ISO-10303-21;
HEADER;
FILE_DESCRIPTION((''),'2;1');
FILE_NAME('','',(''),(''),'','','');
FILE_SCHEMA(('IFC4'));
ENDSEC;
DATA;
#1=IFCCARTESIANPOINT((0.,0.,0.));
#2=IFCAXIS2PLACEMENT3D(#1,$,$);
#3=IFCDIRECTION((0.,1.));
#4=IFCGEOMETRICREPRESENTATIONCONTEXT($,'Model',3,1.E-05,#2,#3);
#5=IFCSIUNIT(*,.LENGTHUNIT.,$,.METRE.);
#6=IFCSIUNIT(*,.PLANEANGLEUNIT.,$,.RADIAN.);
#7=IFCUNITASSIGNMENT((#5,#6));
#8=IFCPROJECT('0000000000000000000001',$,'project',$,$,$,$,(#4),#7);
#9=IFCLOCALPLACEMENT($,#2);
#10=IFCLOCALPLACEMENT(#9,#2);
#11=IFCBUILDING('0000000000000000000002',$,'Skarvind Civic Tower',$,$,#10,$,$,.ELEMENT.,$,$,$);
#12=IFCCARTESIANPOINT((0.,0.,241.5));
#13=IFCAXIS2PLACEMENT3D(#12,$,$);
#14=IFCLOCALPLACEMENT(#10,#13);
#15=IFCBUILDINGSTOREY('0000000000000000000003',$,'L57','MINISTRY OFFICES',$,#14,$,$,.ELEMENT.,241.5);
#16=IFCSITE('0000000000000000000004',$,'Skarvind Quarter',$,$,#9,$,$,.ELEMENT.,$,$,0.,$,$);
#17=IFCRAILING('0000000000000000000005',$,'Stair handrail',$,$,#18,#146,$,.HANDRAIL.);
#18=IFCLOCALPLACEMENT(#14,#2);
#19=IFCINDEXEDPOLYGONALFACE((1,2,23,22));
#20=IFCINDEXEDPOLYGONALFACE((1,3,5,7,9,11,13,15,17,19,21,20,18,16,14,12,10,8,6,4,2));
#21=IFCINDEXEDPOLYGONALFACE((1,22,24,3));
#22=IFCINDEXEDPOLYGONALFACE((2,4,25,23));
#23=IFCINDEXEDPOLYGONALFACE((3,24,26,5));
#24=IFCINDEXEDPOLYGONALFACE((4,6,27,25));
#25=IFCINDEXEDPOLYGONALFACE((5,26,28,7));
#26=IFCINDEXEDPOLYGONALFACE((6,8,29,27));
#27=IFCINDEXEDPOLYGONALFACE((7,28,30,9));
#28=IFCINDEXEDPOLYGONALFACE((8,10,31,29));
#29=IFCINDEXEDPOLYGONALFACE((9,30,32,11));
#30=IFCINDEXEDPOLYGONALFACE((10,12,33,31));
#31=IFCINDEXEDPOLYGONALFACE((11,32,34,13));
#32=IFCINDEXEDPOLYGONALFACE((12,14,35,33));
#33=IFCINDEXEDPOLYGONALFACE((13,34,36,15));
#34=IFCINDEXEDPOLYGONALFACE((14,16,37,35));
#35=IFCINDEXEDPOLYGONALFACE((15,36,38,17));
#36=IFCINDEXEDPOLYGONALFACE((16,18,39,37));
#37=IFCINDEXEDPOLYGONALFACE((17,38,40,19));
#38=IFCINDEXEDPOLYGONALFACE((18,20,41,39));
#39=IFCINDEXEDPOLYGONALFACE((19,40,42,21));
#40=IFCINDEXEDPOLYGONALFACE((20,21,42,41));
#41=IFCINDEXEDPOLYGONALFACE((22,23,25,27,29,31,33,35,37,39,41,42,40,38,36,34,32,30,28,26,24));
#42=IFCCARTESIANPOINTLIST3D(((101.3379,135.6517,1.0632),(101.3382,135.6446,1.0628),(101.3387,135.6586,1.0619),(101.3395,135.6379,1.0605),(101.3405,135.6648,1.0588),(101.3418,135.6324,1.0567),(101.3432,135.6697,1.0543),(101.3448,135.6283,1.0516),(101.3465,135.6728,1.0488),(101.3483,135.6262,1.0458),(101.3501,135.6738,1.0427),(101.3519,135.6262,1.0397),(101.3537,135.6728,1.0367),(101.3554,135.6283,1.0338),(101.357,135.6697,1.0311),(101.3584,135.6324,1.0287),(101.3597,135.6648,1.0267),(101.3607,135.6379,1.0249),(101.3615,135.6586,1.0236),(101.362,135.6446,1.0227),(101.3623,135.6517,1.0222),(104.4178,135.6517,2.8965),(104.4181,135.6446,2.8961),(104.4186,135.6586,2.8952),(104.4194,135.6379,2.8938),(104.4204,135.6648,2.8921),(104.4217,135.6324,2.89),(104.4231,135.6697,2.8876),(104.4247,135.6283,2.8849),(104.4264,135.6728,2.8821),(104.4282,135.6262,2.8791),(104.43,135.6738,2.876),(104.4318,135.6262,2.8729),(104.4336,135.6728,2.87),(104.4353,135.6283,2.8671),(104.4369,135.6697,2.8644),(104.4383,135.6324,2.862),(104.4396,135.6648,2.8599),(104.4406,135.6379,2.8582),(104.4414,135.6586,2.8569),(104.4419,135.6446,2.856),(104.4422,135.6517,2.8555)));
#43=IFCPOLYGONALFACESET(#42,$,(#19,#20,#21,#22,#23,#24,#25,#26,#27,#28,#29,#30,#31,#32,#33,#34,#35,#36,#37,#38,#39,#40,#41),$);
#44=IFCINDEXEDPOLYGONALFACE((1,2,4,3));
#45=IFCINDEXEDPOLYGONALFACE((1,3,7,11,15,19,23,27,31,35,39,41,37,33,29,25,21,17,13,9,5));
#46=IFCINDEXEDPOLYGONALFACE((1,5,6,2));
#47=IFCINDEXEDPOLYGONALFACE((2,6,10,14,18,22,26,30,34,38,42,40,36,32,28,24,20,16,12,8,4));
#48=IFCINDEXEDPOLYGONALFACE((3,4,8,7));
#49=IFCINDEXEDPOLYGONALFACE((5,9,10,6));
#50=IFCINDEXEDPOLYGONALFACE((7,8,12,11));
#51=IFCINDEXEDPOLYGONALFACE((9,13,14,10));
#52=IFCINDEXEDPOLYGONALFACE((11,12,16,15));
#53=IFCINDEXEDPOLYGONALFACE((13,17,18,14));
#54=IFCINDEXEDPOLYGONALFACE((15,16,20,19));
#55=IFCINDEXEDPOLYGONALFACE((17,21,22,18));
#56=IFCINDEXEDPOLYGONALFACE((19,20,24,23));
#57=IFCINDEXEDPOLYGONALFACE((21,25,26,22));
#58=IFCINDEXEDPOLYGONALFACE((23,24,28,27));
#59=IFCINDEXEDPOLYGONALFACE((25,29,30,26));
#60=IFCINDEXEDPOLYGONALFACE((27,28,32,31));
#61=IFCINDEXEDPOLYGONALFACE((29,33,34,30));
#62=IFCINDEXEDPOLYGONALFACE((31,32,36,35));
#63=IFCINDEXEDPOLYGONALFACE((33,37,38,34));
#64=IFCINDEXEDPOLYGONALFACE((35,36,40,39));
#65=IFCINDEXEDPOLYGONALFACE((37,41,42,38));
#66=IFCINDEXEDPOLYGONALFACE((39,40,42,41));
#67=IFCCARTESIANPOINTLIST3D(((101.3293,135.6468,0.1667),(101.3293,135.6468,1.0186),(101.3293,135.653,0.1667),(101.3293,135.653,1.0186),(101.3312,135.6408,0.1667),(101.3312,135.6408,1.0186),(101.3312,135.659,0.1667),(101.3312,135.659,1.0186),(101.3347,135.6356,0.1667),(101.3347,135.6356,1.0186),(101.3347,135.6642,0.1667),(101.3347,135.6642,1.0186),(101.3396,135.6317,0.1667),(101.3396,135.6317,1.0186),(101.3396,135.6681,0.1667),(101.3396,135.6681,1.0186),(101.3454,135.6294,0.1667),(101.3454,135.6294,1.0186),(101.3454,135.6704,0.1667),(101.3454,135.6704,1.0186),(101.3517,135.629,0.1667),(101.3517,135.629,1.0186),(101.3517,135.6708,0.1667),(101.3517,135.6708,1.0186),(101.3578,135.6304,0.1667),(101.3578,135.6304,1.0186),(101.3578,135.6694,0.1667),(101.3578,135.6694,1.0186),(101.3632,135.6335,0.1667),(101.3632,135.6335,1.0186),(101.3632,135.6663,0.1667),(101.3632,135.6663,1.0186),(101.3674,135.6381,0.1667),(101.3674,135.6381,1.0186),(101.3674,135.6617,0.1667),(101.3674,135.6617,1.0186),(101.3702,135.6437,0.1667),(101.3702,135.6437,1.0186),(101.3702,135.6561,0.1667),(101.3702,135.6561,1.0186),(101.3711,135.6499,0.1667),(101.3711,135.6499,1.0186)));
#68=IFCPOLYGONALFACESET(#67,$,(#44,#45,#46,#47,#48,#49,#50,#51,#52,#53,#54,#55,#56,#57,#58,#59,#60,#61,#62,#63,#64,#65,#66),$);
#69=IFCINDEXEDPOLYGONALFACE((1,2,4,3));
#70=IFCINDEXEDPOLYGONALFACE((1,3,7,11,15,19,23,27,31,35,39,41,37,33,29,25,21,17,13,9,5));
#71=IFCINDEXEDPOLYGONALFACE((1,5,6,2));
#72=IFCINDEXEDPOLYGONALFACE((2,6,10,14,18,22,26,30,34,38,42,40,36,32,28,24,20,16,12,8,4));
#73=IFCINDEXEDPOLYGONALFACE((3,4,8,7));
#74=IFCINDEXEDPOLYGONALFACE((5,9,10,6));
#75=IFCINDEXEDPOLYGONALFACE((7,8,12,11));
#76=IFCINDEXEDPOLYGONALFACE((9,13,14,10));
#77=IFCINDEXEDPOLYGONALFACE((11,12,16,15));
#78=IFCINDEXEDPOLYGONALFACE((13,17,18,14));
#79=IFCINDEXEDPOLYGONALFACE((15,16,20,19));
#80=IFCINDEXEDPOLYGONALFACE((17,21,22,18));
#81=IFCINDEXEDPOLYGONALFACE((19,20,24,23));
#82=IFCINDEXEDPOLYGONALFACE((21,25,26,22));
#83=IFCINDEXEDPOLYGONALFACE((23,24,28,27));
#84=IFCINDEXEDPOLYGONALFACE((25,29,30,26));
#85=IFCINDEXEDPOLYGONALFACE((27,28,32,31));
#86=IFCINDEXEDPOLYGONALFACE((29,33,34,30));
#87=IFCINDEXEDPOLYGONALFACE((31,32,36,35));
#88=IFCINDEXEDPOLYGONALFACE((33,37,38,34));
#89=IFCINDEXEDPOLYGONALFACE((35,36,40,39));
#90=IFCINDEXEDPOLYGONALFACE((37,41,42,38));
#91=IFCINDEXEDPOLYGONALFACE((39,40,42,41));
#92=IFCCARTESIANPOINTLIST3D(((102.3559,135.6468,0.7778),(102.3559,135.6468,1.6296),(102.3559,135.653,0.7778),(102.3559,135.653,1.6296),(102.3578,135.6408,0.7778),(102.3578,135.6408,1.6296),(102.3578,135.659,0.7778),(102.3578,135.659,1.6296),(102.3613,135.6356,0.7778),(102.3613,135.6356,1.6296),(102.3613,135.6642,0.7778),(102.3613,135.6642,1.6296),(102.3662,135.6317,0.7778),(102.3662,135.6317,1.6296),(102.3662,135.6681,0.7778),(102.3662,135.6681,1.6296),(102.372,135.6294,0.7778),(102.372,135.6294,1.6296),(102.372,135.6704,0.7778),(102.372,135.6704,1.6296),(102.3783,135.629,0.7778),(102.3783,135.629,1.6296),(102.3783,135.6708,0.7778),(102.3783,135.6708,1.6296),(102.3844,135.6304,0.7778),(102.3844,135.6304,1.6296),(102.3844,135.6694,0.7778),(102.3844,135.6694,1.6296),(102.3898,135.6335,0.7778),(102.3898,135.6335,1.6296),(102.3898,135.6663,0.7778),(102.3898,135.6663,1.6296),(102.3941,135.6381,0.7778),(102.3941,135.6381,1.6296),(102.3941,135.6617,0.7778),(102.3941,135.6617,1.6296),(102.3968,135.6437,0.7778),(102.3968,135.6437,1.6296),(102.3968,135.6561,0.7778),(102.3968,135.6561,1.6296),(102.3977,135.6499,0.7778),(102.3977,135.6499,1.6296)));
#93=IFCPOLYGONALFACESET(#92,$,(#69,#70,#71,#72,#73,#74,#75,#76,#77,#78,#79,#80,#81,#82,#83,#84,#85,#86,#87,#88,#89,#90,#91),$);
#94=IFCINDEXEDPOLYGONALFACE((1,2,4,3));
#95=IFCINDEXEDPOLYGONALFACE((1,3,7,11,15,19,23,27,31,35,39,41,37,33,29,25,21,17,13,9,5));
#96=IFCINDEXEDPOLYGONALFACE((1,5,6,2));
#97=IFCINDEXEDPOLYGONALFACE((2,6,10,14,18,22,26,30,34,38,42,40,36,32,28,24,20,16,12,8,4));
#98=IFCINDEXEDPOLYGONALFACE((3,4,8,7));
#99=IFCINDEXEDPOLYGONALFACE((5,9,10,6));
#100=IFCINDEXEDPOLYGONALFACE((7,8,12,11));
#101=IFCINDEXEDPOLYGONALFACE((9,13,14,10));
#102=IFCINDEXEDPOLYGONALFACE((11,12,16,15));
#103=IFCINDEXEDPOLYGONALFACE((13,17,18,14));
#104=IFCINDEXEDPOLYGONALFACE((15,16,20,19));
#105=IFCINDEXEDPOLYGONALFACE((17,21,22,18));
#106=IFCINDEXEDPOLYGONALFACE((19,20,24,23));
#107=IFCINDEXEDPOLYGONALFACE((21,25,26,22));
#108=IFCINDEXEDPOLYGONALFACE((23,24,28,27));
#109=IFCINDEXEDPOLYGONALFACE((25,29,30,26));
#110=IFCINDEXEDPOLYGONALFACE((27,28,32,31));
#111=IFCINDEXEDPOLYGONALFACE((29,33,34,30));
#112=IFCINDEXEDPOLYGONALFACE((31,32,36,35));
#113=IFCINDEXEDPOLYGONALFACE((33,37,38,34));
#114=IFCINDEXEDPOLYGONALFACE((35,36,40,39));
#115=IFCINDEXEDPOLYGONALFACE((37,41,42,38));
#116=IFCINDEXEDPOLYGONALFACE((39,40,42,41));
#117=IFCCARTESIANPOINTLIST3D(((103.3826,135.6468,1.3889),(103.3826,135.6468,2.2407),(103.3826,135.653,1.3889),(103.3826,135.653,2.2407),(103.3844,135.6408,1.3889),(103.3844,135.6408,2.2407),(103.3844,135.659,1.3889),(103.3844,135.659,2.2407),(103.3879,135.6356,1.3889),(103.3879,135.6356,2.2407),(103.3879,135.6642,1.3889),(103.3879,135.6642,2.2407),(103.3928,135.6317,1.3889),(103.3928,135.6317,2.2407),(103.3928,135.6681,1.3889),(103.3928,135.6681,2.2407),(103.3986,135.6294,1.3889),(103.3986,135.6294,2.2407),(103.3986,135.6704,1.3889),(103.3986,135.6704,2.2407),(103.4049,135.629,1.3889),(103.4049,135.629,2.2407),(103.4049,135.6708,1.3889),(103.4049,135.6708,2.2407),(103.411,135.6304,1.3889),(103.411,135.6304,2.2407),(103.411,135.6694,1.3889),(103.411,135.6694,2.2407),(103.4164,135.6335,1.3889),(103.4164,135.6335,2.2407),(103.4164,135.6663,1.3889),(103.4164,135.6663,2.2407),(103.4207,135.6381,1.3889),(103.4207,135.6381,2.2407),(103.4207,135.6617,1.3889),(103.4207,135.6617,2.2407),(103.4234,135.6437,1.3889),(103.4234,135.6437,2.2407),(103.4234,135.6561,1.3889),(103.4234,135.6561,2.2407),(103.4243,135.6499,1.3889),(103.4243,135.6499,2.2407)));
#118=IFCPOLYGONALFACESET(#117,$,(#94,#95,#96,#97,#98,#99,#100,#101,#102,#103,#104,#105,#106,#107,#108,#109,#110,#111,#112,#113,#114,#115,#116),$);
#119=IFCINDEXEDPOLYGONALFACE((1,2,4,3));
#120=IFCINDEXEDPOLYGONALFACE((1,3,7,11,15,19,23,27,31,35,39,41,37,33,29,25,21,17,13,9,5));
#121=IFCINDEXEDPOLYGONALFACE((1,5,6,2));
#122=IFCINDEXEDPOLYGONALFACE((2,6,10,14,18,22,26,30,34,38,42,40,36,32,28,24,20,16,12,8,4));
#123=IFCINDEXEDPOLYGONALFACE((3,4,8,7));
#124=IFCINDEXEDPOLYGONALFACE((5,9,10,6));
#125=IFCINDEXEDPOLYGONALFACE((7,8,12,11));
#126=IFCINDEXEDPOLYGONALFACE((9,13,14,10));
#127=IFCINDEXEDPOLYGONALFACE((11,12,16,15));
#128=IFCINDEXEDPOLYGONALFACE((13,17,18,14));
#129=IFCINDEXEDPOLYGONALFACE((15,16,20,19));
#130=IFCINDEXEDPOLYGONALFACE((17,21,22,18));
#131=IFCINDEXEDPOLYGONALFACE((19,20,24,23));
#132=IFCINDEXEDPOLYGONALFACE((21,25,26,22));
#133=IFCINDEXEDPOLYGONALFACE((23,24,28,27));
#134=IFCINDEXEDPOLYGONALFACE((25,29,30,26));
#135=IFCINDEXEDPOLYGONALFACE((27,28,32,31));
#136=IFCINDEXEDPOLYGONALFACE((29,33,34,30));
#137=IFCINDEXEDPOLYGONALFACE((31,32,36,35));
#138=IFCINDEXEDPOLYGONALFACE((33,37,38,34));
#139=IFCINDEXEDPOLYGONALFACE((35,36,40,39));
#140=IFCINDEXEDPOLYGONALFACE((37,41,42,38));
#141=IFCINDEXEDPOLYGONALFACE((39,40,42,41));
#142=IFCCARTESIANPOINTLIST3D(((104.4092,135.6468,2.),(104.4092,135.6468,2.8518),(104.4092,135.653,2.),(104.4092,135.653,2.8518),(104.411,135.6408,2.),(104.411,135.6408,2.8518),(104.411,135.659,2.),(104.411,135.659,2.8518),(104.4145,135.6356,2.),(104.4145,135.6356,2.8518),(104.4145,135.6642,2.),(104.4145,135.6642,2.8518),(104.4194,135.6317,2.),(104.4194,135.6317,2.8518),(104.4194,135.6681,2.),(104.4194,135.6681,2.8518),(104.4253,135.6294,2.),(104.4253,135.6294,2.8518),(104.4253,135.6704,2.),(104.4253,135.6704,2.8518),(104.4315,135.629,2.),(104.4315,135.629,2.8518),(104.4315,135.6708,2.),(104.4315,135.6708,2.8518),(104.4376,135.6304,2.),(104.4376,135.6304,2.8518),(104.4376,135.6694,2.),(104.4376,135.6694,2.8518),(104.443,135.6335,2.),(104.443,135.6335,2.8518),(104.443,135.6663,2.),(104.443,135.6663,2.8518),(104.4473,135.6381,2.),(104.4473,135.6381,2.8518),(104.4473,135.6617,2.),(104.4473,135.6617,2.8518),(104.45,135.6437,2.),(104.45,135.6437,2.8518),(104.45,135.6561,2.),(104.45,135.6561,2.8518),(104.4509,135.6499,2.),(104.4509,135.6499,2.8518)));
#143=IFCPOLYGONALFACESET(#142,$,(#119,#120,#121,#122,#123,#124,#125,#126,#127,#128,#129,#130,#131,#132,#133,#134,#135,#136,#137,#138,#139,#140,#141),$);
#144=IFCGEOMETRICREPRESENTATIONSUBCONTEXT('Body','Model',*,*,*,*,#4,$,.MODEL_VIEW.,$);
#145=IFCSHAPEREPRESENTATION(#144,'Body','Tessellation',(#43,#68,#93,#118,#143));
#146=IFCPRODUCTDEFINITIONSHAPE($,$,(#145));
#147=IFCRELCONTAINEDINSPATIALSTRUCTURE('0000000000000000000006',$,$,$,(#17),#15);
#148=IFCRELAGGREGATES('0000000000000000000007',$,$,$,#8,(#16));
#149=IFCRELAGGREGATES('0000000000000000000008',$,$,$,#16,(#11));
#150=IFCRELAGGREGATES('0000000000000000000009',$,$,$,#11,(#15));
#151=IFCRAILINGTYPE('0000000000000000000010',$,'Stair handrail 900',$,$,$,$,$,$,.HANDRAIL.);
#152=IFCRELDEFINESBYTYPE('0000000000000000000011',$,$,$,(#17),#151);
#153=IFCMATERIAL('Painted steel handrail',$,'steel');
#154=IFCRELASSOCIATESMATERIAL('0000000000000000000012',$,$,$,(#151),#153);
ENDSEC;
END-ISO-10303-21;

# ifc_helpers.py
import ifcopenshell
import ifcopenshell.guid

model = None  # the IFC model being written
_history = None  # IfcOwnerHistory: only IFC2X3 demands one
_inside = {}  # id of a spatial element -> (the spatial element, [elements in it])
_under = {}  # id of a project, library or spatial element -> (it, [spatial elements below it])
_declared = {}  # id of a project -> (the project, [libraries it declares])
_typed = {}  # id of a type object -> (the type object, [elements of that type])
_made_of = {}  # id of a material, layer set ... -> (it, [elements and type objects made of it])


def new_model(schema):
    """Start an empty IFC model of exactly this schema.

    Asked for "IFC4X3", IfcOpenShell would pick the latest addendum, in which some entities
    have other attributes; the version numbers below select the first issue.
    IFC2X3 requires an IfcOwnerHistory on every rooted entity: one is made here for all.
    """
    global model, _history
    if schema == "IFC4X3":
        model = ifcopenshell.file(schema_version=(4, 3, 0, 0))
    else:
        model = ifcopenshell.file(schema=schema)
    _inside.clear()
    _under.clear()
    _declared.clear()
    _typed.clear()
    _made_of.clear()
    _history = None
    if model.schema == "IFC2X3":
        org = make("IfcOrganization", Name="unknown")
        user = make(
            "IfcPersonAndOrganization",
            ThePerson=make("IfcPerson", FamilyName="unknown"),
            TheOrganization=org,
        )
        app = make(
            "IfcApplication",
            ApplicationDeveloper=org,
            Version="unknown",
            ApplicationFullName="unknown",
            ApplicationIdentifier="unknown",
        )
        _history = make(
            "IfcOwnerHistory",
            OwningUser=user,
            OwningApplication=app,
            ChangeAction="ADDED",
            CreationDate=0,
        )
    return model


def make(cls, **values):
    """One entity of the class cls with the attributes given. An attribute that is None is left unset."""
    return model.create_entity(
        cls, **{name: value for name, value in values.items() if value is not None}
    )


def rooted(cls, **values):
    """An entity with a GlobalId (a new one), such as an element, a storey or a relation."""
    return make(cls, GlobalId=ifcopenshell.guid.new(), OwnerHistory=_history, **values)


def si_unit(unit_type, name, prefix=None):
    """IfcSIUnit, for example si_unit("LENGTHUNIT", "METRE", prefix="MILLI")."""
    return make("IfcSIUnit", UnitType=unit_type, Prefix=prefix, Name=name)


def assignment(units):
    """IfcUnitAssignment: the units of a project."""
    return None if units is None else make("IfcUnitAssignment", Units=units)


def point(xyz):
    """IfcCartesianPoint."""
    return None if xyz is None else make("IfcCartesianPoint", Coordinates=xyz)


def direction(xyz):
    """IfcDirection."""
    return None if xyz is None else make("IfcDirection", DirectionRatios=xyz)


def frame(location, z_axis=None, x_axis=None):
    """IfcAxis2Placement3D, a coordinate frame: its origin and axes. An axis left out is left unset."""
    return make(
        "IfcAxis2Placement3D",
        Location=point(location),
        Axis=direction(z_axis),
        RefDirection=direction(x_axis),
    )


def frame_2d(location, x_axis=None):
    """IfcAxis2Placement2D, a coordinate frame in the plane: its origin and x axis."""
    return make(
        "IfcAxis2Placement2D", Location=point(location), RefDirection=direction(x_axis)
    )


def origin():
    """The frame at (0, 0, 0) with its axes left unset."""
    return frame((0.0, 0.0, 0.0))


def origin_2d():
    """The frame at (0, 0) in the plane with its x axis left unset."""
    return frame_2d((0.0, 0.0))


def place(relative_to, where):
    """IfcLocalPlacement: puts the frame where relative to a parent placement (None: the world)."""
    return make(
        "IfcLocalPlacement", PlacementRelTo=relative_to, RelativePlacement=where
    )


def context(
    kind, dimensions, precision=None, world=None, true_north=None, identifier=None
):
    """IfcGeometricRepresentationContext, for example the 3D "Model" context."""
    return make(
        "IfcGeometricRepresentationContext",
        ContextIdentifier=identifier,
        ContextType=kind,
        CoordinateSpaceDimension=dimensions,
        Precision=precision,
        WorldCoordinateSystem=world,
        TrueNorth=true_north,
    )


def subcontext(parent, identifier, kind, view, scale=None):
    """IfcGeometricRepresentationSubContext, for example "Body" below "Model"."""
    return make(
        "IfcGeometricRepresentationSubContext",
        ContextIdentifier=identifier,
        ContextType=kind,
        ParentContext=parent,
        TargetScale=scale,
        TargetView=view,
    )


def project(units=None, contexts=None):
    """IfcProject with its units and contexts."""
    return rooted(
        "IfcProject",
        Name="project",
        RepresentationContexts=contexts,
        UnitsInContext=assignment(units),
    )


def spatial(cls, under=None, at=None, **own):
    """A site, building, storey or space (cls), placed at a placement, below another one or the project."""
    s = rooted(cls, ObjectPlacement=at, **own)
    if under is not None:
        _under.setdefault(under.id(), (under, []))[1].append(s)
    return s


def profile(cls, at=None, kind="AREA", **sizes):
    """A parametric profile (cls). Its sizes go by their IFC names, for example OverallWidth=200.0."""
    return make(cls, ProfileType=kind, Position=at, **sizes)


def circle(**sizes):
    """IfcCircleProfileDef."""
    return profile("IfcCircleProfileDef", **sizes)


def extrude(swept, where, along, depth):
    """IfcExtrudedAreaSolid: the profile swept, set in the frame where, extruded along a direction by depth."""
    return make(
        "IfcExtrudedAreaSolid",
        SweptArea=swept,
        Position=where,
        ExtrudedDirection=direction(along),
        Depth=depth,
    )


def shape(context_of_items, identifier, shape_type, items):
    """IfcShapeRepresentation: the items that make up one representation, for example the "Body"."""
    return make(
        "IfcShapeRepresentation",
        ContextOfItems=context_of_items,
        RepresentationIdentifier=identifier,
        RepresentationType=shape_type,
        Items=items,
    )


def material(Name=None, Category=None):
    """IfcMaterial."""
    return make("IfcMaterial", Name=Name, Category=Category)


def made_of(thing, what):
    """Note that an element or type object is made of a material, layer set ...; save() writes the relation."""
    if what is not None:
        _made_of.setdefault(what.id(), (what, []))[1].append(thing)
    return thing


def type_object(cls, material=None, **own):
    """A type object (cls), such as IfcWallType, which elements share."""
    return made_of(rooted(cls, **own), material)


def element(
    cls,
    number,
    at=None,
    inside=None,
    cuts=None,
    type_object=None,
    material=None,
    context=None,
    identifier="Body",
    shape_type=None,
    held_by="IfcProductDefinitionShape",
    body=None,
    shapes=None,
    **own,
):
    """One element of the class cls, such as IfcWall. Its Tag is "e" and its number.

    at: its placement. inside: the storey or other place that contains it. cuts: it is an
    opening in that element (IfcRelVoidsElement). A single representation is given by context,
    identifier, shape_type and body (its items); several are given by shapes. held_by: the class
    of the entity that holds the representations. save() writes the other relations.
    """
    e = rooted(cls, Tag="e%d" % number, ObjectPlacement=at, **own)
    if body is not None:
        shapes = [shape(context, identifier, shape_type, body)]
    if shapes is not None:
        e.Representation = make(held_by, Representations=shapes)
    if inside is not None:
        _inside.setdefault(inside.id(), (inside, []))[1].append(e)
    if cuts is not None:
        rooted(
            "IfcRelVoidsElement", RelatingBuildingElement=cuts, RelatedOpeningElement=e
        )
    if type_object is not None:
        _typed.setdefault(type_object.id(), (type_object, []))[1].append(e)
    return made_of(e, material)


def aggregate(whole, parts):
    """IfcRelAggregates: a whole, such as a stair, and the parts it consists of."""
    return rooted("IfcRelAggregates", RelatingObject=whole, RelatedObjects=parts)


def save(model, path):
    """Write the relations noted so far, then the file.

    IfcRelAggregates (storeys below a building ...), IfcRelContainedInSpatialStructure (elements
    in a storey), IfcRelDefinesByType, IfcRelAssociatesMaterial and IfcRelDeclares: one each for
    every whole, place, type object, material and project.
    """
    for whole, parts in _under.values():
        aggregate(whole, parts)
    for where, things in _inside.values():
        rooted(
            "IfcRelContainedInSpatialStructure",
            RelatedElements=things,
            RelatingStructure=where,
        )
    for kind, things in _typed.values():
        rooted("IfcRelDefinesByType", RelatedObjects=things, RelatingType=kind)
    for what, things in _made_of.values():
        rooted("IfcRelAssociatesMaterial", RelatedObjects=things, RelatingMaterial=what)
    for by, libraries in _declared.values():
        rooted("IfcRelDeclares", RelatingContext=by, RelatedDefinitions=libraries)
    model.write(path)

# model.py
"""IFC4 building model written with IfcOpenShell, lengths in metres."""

from ifc_helpers import new_model, si_unit, direction, frame, origin, origin_2d, place, context, subcontext, project, spatial, circle, extrude, material, type_object, element, save


model = new_model("IFC4")

# Units and contexts
model_context = context("Model", 3, precision=1e-05, world=origin(), true_north=direction((0.0, 1.0)))
body_context = subcontext(model_context, "Body", "Model", "MODEL_VIEW")
ifc_project = project(units=[si_unit("LENGTHUNIT", "METRE"), si_unit("PLANEANGLEUNIT", "RADIAN")], contexts=[model_context])

# Site, building, storey
site_placement = place(None, origin())
site = spatial("IfcSite", under=ifc_project, at=site_placement, Name="Skarvind Quarter", CompositionType="ELEMENT", RefElevation=0.0)
building_placement = place(site_placement, origin())
building = spatial("IfcBuilding", under=site, at=building_placement, Name="Skarvind Civic Tower", CompositionType="ELEMENT")
storey_placement = place(building_placement, frame((0.0, 0.0, 241.5)))
storey = spatial("IfcBuildingStorey", under=building, at=storey_placement, Name="L57", Description="MINISTRY OFFICES", CompositionType="ELEMENT", Elevation=241.5)

# Railing
ifc_material_1 = material(Name="Painted steel handrail", Category="steel")
railing_type = type_object("IfcRailingType", Name="Stair handrail 900", PredefinedType="HANDRAIL", material=ifc_material_1)
railing_1_placement = place(storey_placement, frame((101.3501, 135.6499, 0.1667)))
element("IfcRailing", 1, at=railing_1_placement, inside=storey, type_object=railing_type, Name="Stair handrail", PredefinedType="HANDRAIL", context=body_context, shape_type="SweptSolid", body=[
    extrude(circle(Radius=0.0239, at=origin_2d()), frame((0.0, 0.0, 0.876), z_axis=(0.859291, 0.0, 0.511487), x_axis=(0.0, 1.0, 0.0)), (0.0, 0.0, 1.0), 3.5842),
    extrude(circle(Radius=0.021, at=origin_2d()), origin(), (0.0, 0.0, 1.0), 0.8518),
    extrude(circle(Radius=0.021, at=origin_2d()), frame((1.0266, 0.0, 0.6111)), (0.0, 0.0, 1.0), 0.8518),
    extrude(circle(Radius=0.021, at=origin_2d()), frame((2.0532, 0.0, 1.2222)), (0.0, 0.0, 1.0), 0.8518),
    extrude(circle(Radius=0.021, at=origin_2d()), frame((3.0798, 0.0, 1.8333)), (0.0, 0.0, 1.0), 0.8518),
])

save(model, "model.ifc")
